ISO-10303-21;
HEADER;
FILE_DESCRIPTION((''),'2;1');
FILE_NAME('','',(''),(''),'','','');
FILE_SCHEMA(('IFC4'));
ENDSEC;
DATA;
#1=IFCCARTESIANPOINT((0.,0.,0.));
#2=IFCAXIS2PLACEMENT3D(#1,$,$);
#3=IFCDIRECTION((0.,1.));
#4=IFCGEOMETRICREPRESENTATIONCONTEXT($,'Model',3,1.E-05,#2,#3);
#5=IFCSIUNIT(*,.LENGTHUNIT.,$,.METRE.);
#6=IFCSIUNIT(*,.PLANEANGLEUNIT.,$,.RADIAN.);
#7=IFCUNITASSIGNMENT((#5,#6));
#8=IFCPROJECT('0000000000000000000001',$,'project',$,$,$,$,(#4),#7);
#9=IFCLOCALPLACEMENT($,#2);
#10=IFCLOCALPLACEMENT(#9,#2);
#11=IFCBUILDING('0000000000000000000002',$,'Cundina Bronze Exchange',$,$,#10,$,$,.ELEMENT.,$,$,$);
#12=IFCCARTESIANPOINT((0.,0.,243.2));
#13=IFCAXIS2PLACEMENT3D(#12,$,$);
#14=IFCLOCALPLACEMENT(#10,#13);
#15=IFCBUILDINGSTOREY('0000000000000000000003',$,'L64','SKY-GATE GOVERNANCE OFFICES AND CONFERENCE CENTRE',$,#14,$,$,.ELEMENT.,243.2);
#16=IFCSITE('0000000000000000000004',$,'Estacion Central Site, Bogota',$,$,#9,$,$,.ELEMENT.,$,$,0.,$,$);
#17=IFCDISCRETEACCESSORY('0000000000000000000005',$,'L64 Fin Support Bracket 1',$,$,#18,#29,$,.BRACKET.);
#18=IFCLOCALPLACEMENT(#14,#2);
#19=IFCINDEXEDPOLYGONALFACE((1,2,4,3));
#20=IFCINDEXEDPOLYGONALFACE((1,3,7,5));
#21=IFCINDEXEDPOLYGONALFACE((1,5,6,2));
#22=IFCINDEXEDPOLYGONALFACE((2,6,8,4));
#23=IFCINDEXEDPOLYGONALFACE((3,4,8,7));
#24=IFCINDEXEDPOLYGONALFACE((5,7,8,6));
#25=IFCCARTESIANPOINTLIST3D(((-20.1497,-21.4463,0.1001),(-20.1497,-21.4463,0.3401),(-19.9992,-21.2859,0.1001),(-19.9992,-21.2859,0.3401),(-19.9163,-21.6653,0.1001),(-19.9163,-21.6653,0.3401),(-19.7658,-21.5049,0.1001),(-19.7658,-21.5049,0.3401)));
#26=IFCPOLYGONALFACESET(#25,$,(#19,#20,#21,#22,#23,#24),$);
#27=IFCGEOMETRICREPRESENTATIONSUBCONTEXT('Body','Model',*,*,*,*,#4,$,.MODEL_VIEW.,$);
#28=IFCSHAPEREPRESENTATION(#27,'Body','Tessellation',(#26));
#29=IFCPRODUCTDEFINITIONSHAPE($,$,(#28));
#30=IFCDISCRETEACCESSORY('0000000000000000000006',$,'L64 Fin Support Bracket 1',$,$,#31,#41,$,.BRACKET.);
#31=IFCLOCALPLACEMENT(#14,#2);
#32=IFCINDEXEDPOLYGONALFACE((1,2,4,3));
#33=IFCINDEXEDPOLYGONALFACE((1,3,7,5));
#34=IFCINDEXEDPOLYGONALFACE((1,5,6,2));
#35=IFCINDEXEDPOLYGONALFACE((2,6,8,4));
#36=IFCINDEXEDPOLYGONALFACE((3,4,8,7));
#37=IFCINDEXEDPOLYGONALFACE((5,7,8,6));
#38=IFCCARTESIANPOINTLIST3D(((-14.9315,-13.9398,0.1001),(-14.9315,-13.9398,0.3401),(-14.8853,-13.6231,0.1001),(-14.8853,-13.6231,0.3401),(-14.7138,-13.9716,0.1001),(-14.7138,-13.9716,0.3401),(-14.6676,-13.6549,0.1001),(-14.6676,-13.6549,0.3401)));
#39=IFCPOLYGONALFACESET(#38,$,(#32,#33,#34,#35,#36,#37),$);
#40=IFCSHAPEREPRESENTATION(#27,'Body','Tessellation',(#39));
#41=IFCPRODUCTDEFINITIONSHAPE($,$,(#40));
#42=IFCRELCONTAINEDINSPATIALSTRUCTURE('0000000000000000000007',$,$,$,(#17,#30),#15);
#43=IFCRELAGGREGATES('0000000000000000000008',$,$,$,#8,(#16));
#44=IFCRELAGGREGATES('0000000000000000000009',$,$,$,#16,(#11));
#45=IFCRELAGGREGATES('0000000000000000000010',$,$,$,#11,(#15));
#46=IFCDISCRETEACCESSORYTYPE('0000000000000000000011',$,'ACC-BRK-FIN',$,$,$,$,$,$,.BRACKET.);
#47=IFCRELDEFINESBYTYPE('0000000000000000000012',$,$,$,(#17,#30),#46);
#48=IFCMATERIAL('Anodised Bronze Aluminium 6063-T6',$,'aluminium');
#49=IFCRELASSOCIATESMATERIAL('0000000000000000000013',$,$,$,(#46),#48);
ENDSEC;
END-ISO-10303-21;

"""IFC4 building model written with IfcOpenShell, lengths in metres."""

from ifc_helpers import new_model, si_unit, direction, frame, origin, origin_2d, place, context, subcontext, project, spatial, rectangle, extrude, material, type_object, element, save


model = new_model("IFC4")

# Units and contexts
model_context = context("Model", 3, precision=1e-05, world=origin(), true_north=direction((0.0, 1.0)))
body_context = subcontext(model_context, "Body", "Model", "MODEL_VIEW")
ifc_project = project(units=[si_unit("LENGTHUNIT", "METRE"), si_unit("PLANEANGLEUNIT", "RADIAN")], contexts=[model_context])

# Site, building, storey
site_placement = place(None, origin())
site = spatial("IfcSite", under=ifc_project, at=site_placement, Name="Estacion Central Site, Bogota", CompositionType="ELEMENT", RefElevation=0.0)
building_placement = place(site_placement, origin())
building = spatial("IfcBuilding", under=site, at=building_placement, Name="Cundina Bronze Exchange", CompositionType="ELEMENT")
storey_placement = place(building_placement, frame((0.0, 0.0, 243.2)))
storey = spatial("IfcBuildingStorey", under=building, at=storey_placement, Name="L64", Description="SKY-GATE GOVERNANCE OFFICES AND CONFERENCE CENTRE", CompositionType="ELEMENT", Elevation=243.2)

# Shared definitions
ifc_material_1 = material(Name="Anodised Bronze Aluminium 6063-T6", Category="aluminium")

# Discrete accessories
discrete_accessory_type = type_object("IfcDiscreteAccessoryType", Name="ACC-BRK-FIN", PredefinedType="BRACKET", material=ifc_material_1)
for number, where, z_axis, x_axis, name in (
    (1, (-19.9578, -21.4756, 0.1001), (0.0, 0.0, 1.0), (0.684344, 0.72916, 0.0), "L64 Fin Support Bracket 1"),
    (2, (-14.7996, -13.7974, 0.1001), (0.0, 0.0, 1.0), (0.989528, -0.144339, 0.0), "L64 Fin Support Bracket 1"),
):
    element("IfcDiscreteAccessory", number, at=place(storey_placement, frame(where, z_axis=z_axis, x_axis=x_axis)), inside=storey, type_object=discrete_accessory_type, Name=name, PredefinedType="BRACKET", context=body_context, shape_type="SweptSolid", body=[
        extrude(rectangle(XDim=0.22, YDim=0.3201, at=origin_2d()), origin(), (0.0, 0.0, 1.0), 0.24),
    ])

save(model, "model.ifc")
